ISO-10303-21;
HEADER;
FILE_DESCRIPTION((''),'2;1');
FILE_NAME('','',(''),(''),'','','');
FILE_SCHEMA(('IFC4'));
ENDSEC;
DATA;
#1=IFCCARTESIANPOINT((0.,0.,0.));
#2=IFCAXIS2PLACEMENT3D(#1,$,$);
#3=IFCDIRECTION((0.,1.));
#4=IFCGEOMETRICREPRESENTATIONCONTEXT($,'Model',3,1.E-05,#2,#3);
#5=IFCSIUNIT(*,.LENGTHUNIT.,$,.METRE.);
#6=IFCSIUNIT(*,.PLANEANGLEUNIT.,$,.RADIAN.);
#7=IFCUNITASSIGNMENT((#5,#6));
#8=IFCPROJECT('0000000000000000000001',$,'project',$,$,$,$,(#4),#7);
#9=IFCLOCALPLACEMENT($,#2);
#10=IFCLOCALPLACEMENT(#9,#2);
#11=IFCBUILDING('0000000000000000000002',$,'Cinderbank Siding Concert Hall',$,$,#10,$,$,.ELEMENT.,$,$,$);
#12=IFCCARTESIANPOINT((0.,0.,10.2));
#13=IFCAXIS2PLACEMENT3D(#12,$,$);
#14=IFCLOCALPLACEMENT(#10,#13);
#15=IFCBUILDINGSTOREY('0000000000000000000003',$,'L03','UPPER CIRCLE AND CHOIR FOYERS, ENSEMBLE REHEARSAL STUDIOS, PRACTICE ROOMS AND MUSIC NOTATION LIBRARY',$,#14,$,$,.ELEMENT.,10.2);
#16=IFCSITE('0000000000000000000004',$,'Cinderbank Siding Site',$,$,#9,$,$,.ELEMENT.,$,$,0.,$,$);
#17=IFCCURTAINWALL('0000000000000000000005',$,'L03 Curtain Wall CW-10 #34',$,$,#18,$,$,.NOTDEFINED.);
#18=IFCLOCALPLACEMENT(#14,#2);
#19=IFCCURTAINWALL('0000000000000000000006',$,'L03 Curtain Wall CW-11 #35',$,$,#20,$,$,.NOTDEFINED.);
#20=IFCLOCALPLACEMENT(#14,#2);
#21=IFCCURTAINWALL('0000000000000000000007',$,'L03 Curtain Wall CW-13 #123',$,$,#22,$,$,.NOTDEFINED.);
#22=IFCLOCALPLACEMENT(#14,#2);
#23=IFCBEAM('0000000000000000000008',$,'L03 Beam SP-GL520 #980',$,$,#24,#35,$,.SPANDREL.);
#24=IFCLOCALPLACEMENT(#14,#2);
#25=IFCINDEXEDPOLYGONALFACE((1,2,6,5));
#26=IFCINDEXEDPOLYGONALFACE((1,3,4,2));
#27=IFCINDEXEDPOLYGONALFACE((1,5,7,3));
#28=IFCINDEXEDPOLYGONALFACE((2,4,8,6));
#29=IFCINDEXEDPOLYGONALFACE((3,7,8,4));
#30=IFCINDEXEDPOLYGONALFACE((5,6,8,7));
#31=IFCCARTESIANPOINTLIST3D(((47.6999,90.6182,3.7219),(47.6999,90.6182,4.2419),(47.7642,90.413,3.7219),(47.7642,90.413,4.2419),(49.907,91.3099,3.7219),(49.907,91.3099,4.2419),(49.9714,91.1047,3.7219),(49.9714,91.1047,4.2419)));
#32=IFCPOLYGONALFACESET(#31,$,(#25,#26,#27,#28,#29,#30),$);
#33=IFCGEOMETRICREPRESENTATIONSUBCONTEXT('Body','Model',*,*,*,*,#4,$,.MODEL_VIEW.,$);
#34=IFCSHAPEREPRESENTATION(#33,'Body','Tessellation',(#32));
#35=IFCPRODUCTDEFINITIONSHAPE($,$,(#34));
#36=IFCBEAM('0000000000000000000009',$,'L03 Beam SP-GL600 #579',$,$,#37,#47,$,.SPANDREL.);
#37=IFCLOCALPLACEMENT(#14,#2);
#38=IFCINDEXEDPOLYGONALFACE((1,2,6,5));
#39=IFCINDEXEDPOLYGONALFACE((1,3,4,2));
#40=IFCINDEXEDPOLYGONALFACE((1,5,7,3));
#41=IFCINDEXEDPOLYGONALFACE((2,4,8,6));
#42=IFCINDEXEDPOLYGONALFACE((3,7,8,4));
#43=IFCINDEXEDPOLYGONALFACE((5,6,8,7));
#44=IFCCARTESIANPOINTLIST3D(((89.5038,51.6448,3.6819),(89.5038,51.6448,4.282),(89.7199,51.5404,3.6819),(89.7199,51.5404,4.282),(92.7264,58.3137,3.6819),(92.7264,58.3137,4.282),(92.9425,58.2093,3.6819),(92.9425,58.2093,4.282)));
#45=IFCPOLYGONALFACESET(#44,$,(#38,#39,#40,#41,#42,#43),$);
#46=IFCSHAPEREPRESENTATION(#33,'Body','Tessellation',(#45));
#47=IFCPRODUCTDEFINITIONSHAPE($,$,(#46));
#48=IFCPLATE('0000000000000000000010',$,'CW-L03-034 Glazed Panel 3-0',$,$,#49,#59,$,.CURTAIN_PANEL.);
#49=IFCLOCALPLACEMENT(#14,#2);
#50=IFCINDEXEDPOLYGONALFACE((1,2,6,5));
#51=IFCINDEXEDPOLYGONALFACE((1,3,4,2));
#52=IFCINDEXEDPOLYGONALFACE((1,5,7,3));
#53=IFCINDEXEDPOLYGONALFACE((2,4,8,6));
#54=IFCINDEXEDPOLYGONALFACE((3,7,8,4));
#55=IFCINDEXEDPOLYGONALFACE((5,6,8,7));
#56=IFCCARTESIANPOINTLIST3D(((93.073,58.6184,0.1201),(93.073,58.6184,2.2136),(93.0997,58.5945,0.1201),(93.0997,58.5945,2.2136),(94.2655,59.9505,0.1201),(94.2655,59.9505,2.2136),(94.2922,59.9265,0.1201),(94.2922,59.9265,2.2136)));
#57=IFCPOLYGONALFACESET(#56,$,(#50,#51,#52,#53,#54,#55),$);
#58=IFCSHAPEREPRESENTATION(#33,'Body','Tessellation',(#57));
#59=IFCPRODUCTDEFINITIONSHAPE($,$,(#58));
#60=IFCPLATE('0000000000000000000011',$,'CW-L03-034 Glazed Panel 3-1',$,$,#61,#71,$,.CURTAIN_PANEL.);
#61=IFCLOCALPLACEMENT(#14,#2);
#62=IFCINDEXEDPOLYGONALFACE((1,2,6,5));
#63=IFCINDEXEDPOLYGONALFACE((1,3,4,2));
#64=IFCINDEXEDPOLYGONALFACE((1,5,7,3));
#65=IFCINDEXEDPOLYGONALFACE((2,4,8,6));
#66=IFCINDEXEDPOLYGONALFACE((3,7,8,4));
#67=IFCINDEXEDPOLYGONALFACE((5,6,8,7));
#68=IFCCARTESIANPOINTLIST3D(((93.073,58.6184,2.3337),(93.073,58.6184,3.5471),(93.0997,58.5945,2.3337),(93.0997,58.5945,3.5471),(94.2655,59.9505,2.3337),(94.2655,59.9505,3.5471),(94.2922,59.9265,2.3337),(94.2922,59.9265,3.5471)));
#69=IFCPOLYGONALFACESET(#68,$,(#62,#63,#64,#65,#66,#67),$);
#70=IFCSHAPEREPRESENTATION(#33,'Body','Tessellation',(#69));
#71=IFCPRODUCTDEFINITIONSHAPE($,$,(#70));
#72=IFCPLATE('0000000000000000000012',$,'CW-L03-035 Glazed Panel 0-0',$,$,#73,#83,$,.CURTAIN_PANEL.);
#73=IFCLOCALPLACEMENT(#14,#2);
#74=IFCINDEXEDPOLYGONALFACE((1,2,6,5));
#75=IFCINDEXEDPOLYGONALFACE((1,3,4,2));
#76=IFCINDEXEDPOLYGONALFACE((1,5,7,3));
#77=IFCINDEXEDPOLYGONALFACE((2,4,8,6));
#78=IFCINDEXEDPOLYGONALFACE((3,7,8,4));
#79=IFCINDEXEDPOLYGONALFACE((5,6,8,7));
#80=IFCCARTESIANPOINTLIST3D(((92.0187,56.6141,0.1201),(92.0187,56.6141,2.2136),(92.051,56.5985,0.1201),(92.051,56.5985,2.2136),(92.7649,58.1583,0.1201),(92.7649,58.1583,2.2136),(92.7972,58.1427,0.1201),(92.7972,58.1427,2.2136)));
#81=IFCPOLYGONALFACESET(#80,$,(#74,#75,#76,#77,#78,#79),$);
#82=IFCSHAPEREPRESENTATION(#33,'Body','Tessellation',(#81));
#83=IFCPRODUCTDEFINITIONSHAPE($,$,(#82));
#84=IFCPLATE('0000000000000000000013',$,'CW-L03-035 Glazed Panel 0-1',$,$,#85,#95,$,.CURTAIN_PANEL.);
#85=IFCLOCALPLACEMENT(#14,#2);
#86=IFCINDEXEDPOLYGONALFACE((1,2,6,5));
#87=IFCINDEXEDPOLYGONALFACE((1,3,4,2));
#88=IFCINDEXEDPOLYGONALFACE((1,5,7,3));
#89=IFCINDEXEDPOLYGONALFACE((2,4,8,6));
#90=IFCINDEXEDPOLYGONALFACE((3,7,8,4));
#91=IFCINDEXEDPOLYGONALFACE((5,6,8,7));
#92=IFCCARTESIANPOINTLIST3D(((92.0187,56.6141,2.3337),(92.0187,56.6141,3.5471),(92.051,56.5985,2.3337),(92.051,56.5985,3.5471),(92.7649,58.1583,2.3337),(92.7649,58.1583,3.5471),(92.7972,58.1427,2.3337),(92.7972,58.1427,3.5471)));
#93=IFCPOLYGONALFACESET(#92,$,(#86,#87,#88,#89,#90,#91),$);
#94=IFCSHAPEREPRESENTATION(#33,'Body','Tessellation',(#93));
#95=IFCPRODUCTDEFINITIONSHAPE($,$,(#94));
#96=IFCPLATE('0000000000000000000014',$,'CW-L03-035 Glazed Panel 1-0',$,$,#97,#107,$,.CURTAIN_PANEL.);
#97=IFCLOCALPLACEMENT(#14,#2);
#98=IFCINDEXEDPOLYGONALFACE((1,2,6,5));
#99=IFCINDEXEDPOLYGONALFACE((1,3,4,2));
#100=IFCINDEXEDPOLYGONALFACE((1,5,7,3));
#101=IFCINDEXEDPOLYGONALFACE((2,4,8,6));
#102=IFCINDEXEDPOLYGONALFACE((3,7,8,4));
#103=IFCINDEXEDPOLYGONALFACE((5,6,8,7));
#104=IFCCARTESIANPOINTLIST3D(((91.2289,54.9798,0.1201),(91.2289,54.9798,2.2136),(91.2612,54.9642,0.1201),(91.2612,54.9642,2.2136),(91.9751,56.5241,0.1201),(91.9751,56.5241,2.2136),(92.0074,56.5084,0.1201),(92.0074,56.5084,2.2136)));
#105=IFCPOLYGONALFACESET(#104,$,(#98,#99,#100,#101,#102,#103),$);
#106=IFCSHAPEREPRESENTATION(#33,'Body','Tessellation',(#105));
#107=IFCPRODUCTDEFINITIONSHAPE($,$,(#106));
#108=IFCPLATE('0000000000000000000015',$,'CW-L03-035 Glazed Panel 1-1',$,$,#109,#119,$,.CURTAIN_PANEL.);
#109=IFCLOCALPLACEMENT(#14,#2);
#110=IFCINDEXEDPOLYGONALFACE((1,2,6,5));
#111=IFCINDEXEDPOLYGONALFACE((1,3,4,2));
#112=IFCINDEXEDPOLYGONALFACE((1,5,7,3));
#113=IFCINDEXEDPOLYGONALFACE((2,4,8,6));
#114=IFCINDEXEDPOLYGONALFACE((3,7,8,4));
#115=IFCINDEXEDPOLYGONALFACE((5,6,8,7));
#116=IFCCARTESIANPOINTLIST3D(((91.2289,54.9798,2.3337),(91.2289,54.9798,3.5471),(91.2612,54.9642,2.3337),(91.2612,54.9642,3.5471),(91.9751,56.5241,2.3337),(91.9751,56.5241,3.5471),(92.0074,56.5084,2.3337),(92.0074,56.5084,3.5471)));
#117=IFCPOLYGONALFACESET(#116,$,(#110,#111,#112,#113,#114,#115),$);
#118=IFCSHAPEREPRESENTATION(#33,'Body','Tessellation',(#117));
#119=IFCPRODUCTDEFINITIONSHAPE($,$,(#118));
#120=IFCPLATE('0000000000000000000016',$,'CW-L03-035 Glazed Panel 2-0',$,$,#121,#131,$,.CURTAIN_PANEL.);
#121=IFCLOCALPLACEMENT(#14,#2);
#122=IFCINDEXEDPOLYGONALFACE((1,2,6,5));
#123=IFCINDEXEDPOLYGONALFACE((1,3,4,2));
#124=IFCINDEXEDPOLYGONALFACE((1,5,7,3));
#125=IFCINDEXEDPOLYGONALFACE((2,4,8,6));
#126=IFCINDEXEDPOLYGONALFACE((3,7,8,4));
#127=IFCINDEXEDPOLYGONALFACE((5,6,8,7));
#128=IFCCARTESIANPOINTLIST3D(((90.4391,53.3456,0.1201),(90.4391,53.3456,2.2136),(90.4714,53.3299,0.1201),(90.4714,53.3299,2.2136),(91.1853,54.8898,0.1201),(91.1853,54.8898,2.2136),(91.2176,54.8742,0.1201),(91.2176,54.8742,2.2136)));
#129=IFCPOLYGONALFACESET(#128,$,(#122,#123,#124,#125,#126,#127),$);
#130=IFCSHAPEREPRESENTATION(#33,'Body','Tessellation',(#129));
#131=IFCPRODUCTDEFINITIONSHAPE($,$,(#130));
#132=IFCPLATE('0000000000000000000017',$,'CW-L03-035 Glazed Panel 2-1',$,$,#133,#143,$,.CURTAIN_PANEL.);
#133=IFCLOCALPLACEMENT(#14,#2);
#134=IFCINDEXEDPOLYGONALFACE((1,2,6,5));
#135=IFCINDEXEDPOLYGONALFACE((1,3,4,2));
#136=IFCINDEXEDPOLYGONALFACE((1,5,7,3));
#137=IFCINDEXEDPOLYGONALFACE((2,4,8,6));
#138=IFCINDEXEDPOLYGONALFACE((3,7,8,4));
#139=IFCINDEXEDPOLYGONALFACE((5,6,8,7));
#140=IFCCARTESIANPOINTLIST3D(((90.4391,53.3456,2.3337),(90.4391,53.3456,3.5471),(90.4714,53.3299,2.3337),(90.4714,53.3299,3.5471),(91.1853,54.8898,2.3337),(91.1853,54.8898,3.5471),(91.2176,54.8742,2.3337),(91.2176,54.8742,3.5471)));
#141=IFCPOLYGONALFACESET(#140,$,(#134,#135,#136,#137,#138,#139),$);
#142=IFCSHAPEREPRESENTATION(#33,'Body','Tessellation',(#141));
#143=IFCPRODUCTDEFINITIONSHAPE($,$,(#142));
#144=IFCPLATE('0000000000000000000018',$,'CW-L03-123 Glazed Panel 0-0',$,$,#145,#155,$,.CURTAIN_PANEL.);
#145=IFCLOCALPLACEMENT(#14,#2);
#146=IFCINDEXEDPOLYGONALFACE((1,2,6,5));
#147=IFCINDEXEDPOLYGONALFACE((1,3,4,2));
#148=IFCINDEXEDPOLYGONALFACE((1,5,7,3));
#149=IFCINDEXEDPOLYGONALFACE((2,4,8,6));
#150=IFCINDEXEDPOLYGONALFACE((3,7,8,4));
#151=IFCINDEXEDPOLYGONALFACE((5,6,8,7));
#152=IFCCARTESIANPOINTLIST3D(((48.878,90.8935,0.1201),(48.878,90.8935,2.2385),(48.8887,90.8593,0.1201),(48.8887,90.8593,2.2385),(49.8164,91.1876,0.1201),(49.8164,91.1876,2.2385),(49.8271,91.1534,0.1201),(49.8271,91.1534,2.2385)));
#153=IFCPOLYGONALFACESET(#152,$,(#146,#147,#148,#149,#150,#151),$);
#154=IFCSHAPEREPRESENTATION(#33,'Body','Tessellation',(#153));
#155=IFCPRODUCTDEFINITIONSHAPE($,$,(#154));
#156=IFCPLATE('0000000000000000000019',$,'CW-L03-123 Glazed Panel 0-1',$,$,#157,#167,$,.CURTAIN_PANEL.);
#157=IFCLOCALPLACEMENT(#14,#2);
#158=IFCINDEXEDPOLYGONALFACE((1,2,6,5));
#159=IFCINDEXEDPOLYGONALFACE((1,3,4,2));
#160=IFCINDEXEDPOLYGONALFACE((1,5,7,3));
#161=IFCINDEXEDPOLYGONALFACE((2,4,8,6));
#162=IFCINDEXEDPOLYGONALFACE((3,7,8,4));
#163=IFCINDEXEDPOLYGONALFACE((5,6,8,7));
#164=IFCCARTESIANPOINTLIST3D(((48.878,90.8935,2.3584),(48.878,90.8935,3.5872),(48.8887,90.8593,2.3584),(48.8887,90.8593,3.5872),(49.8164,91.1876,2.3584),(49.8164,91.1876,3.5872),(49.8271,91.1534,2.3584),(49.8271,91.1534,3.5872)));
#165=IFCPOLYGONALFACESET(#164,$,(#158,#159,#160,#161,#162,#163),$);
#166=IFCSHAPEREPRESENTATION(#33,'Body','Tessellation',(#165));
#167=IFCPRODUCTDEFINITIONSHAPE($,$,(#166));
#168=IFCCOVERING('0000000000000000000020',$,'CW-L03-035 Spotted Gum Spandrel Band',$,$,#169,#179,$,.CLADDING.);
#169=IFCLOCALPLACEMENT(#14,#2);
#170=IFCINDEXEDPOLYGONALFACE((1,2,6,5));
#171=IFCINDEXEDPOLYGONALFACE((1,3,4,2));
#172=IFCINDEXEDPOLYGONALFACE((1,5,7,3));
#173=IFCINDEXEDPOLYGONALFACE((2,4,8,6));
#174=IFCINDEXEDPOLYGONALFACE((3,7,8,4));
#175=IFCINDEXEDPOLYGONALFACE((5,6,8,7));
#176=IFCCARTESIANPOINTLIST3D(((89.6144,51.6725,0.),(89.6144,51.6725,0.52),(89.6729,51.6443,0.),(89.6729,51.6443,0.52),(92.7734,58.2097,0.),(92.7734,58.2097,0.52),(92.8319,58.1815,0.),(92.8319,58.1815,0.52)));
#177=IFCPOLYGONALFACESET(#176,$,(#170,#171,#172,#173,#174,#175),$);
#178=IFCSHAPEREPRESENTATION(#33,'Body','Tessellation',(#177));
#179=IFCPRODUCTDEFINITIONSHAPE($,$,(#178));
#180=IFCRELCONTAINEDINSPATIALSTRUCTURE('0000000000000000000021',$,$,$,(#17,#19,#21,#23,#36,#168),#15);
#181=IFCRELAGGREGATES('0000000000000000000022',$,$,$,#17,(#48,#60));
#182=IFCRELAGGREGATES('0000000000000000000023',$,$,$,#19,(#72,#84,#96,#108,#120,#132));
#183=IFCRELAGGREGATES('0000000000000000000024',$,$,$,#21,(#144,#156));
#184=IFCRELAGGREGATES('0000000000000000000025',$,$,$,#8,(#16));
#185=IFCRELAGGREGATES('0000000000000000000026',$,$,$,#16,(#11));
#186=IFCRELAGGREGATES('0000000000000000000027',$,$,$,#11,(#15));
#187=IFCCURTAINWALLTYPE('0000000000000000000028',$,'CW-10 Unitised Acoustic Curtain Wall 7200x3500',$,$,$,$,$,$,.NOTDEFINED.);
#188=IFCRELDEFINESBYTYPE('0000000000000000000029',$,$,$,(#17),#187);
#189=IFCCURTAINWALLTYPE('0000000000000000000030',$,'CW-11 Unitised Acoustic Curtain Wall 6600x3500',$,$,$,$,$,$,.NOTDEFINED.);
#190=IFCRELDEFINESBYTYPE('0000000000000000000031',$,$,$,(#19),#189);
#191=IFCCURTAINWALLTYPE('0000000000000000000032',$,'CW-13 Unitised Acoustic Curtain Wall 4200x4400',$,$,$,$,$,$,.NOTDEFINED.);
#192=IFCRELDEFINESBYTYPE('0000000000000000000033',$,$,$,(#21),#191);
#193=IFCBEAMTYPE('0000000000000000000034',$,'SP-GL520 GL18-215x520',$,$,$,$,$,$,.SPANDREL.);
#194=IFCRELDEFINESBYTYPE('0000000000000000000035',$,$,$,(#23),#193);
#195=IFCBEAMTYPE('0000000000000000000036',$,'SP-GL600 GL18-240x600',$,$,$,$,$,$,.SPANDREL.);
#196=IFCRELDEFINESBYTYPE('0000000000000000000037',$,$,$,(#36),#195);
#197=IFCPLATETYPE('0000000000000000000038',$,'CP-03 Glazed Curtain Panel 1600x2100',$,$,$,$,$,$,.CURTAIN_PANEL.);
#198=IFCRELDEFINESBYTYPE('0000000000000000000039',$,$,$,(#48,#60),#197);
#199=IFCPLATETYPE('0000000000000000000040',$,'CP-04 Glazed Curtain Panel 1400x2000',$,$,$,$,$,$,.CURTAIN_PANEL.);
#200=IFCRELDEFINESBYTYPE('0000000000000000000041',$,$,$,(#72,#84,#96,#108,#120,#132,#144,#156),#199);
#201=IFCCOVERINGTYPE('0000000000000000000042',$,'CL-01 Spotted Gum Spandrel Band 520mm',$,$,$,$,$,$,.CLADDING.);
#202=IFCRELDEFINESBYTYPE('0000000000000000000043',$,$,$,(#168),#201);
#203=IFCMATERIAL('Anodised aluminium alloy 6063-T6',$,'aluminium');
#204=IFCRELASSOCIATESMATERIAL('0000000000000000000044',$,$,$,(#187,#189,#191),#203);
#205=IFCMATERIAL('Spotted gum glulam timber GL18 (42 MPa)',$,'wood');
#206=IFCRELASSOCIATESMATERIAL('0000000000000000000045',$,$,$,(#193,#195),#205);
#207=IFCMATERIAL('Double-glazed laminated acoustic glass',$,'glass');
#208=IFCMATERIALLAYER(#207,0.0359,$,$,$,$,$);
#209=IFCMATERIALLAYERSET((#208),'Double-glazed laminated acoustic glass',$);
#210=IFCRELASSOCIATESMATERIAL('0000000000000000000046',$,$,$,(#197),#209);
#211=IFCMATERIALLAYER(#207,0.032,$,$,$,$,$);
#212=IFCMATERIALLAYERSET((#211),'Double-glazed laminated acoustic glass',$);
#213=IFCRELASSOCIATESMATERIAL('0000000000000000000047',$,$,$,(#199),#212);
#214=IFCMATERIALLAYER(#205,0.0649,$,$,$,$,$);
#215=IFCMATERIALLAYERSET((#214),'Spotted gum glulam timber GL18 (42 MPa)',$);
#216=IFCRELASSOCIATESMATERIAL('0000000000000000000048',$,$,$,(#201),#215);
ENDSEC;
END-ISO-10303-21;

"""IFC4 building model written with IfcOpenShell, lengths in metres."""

from ifc_helpers import new_model, si_unit, direction, frame, origin, origin_2d, place, context, subcontext, project, spatial, rectangle, extrude, material, layer, layer_set, material_profile, profile_set, type_object, element, aggregate, save


model = new_model("IFC4")

# Units and contexts
model_context = context("Model", 3, precision=1e-05, world=origin(), true_north=direction((0.0, 1.0)))
body_context = subcontext(model_context, "Body", "Model", "MODEL_VIEW")
ifc_project = project(units=[si_unit("LENGTHUNIT", "METRE"), si_unit("PLANEANGLEUNIT", "RADIAN")], contexts=[model_context])

# Site, building, storey
site_placement = place(None, origin())
site = spatial("IfcSite", under=ifc_project, at=site_placement, Name="Cinderbank Siding Site", CompositionType="ELEMENT", RefElevation=0.0)
building_placement = place(site_placement, origin())
building = spatial("IfcBuilding", under=site, at=building_placement, Name="Cinderbank Siding Concert Hall", CompositionType="ELEMENT")
storey_placement = place(building_placement, frame((0.0, 0.0, 10.2)))
storey = spatial("IfcBuildingStorey", under=building, at=storey_placement, Name="L03", Description="UPPER CIRCLE AND CHOIR FOYERS, ENSEMBLE REHEARSAL STUDIOS, PRACTICE ROOMS AND MUSIC NOTATION LIBRARY", CompositionType="ELEMENT", Elevation=10.2)

# Curtain wall
ifc_material_1 = material(Name="Anodised aluminium alloy 6063-T6", Category="aluminium")
curtain_wall_type_1 = type_object("IfcCurtainWallType", Name="CW-10 Unitised Acoustic Curtain Wall 7200x3500", PredefinedType="NOTDEFINED", material=ifc_material_1)
curtain_wall_1_placement = place(storey_placement, origin())
curtain_wall_1 = element("IfcCurtainWall", 1, at=curtain_wall_1_placement, inside=storey, type_object=curtain_wall_type_1, Name="L03 Curtain Wall CW-10 #34", PredefinedType="NOTDEFINED")

# Curtain walls
curtain_wall_type_2 = type_object("IfcCurtainWallType", Name="CW-11 Unitised Acoustic Curtain Wall 6600x3500", PredefinedType="NOTDEFINED", material=ifc_material_1)
curtain_wall_2_placement = place(storey_placement, origin())
curtain_wall_2 = element("IfcCurtainWall", 2, at=curtain_wall_2_placement, inside=storey, type_object=curtain_wall_type_2, Name="L03 Curtain Wall CW-11 #35", PredefinedType="NOTDEFINED")
curtain_wall_type_3 = type_object("IfcCurtainWallType", Name="CW-13 Unitised Acoustic Curtain Wall 4200x4400", PredefinedType="NOTDEFINED", material=ifc_material_1)
curtain_wall_3_placement = place(storey_placement, origin())
curtain_wall_3 = element("IfcCurtainWall", 3, at=curtain_wall_3_placement, inside=storey, type_object=curtain_wall_type_3, Name="L03 Curtain Wall CW-13 #123", PredefinedType="NOTDEFINED")

# Beams
ifc_material_2 = material(Name="Spotted gum glulam timber GL18 (42 MPa)", Category="wood")
ifc_material_profile_1 = material_profile(ifc_material_2, rectangle(XDim=0.2151, YDim=0.52, at=origin_2d()), Name="GL18-215x520", Category="LoadBearing")
ifc_profile_set_1 = profile_set([ifc_material_profile_1], Name="Spotted gum glulam timber GL18 (42 MPa)")
beam_type_1 = type_object("IfcBeamType", Name="SP-GL520 GL18-215x520", PredefinedType="SPANDREL", material=ifc_profile_set_1)
beam_1_placement = place(storey_placement, frame((49.9392, 91.2073, 3.9819), z_axis=(-0.954239, -0.299044, 0.0), x_axis=(0.299044, -0.954239, 0.0)))
element("IfcBeam", 4, at=beam_1_placement, inside=storey, type_object=beam_type_1, Name="L03 Beam SP-GL520 #980", PredefinedType="SPANDREL", context=body_context, shape_type="SweptSolid", body=[
    extrude(rectangle(XDim=0.2151, YDim=0.52, at=origin_2d()), origin(), (0.0, 0.0, 1.0), 2.313),
])
ifc_material_profile_2 = material_profile(ifc_material_2, rectangle(XDim=0.24, YDim=0.6001, at=origin_2d()), Name="GL18-240x600", Category="LoadBearing")
ifc_profile_set_2 = profile_set([ifc_material_profile_2], Name="Spotted gum glulam timber GL18 (42 MPa)")
beam_type_2 = type_object("IfcBeamType", Name="SP-GL600 GL18-240x600", PredefinedType="SPANDREL", material=ifc_profile_set_2)
beam_2_placement = place(storey_placement, frame((92.8345, 58.2615, 3.9819), z_axis=(-0.435096, -0.900384, 0.0), x_axis=(0.900384, -0.435096, 0.0)))
element("IfcBeam", 5, at=beam_2_placement, inside=storey, type_object=beam_type_2, Name="L03 Beam SP-GL600 #579", PredefinedType="SPANDREL", context=body_context, shape_type="SweptSolid", body=[
    extrude(rectangle(XDim=0.24, YDim=0.6001, at=origin_2d()), origin(), (0.0, 0.0, 1.0), 7.4067),
])

# Plates
ifc_material_3 = material(Name="Double-glazed laminated acoustic glass", Category="glass")
ifc_layer_1 = layer(ifc_material_3, 0.0359)
ifc_layer_set_1 = layer_set([ifc_layer_1], Name="Double-glazed laminated acoustic glass")
plate_type_1 = type_object("IfcPlateType", Name="CP-03 Glazed Curtain Panel 1600x2100", PredefinedType="CURTAIN_PANEL", material=ifc_layer_set_1)
plate_1_placement = place(storey_placement, frame((93.6826, 59.2725, 0.1201), z_axis=(0.0, 0.0, 1.0), x_axis=(-0.666993, -0.745064, 0.0)))
plate_1 = element("IfcPlate", 6, at=plate_1_placement, type_object=plate_type_1, Name="CW-L03-034 Glazed Panel 3-0", PredefinedType="CURTAIN_PANEL", context=body_context, shape_type="SweptSolid", body=[
    extrude(rectangle(XDim=1.7878, YDim=0.0359, at=origin_2d()), origin(), (0.0, 0.0, 1.0), 2.0935),
])
plate_2_placement = place(storey_placement, frame((93.6826, 59.2725, 2.3337), z_axis=(0.0, 0.0, 1.0), x_axis=(-0.666993, -0.745064, 0.0)))
plate_2 = element("IfcPlate", 7, at=plate_2_placement, type_object=plate_type_1, Name="CW-L03-034 Glazed Panel 3-1", PredefinedType="CURTAIN_PANEL", context=body_context, shape_type="SweptSolid", body=[
    extrude(rectangle(XDim=1.7878, YDim=0.0359, at=origin_2d()), origin(), (0.0, 0.0, 1.0), 1.2134),
])
aggregate(curtain_wall_1, [plate_1, plate_2])
ifc_layer_2 = layer(ifc_material_3, 0.032)
ifc_layer_set_2 = layer_set([ifc_layer_2], Name="Double-glazed laminated acoustic glass")
plate_type_2 = type_object("IfcPlateType", Name="CP-04 Glazed Curtain Panel 1400x2000", PredefinedType="CURTAIN_PANEL", material=ifc_layer_set_2)
plate_3_placement = place(storey_placement, frame((92.408, 57.3784, 0.1201), z_axis=(0.0, 0.0, 1.0), x_axis=(-0.435102, -0.900381, 0.0)))
plate_3 = element("IfcPlate", 8, at=plate_3_placement, type_object=plate_type_2, Name="CW-L03-035 Glazed Panel 0-0", PredefinedType="CURTAIN_PANEL", context=body_context, shape_type="SweptSolid", body=[
    extrude(rectangle(XDim=1.7151, YDim=0.0359, at=origin_2d()), origin(), (0.0, 0.0, 1.0), 2.0935),
])
plate_4_placement = place(storey_placement, frame((92.408, 57.3784, 2.3337), z_axis=(0.0, 0.0, 1.0), x_axis=(-0.435102, -0.900381, 0.0)))
plate_4 = element("IfcPlate", 9, at=plate_4_placement, type_object=plate_type_2, Name="CW-L03-035 Glazed Panel 0-1", PredefinedType="CURTAIN_PANEL", context=body_context, shape_type="SweptSolid", body=[
    extrude(rectangle(XDim=1.7151, YDim=0.0359, at=origin_2d()), origin(), (0.0, 0.0, 1.0), 1.2134),
])
plate_5_placement = place(storey_placement, frame((91.6182, 55.7441, 0.1201), z_axis=(0.0, 0.0, 1.0), x_axis=(-0.435102, -0.900381, 0.0)))
plate_5 = element("IfcPlate", 10, at=plate_5_placement, type_object=plate_type_2, Name="CW-L03-035 Glazed Panel 1-0", PredefinedType="CURTAIN_PANEL", context=body_context, shape_type="SweptSolid", body=[
    extrude(rectangle(XDim=1.7151, YDim=0.0359, at=origin_2d()), origin(), (0.0, 0.0, 1.0), 2.0935),
])
plate_6_placement = place(storey_placement, frame((91.6182, 55.7441, 2.3337), z_axis=(0.0, 0.0, 1.0), x_axis=(-0.435102, -0.900381, 0.0)))
plate_6 = element("IfcPlate", 11, at=plate_6_placement, type_object=plate_type_2, Name="CW-L03-035 Glazed Panel 1-1", PredefinedType="CURTAIN_PANEL", context=body_context, shape_type="SweptSolid", body=[
    extrude(rectangle(XDim=1.7151, YDim=0.0359, at=origin_2d()), origin(), (0.0, 0.0, 1.0), 1.2134),
])
plate_7_placement = place(storey_placement, frame((90.8284, 54.1099, 0.1201), z_axis=(0.0, 0.0, 1.0), x_axis=(-0.435102, -0.900381, 0.0)))
plate_7 = element("IfcPlate", 12, at=plate_7_placement, type_object=plate_type_2, Name="CW-L03-035 Glazed Panel 2-0", PredefinedType="CURTAIN_PANEL", context=body_context, shape_type="SweptSolid", body=[
    extrude(rectangle(XDim=1.7151, YDim=0.0359, at=origin_2d()), origin(), (0.0, 0.0, 1.0), 2.0935),
])
plate_8_placement = place(storey_placement, frame((90.8284, 54.1099, 2.3337), z_axis=(0.0, 0.0, 1.0), x_axis=(-0.435102, -0.900381, 0.0)))
plate_8 = element("IfcPlate", 13, at=plate_8_placement, type_object=plate_type_2, Name="CW-L03-035 Glazed Panel 2-1", PredefinedType="CURTAIN_PANEL", context=body_context, shape_type="SweptSolid", body=[
    extrude(rectangle(XDim=1.7151, YDim=0.0359, at=origin_2d()), origin(), (0.0, 0.0, 1.0), 1.2134),
])
aggregate(curtain_wall_2, [plate_3, plate_4, plate_5, plate_6, plate_7, plate_8])
plate_9_placement = place(storey_placement, frame((49.3525, 91.0234, 0.1201), z_axis=(0.0, 0.0, 1.0), x_axis=(-0.95424, -0.299041, 0.0)))
plate_9 = element("IfcPlate", 14, at=plate_9_placement, type_object=plate_type_2, Name="CW-L03-123 Glazed Panel 0-0", PredefinedType="CURTAIN_PANEL", context=body_context, shape_type="SweptSolid", body=[
    extrude(rectangle(XDim=0.9834, YDim=0.0359, at=origin_2d()), origin(), (0.0, 0.0, 1.0), 2.1184),
])
plate_10_placement = place(storey_placement, frame((49.3525, 91.0234, 2.3584), z_axis=(0.0, 0.0, 1.0), x_axis=(-0.95424, -0.299041, 0.0)))
plate_10 = element("IfcPlate", 15, at=plate_10_placement, type_object=plate_type_2, Name="CW-L03-123 Glazed Panel 0-1", PredefinedType="CURTAIN_PANEL", context=body_context, shape_type="SweptSolid", body=[
    extrude(rectangle(XDim=0.9834, YDim=0.0359, at=origin_2d()), origin(), (0.0, 0.0, 1.0), 1.2288),
])
aggregate(curtain_wall_3, [plate_9, plate_10])

# Covering
ifc_layer_3 = layer(ifc_material_2, 0.0649)
ifc_layer_set_3 = layer_set([ifc_layer_3], Name="Spotted gum glulam timber GL18 (42 MPa)")
covering_type = type_object("IfcCoveringType", Name="CL-01 Spotted Gum Spandrel Band 520mm", PredefinedType="CLADDING", material=ifc_layer_set_3)
covering_placement = place(storey_placement, frame((91.2231, 54.927, 0.0), z_axis=(0.0, 0.0, 1.0), x_axis=(-0.435102, -0.900381, 0.0)))
element("IfcCovering", 16, at=covering_placement, inside=storey, type_object=covering_type, Name="CW-L03-035 Spotted Gum Spandrel Band", PredefinedType="CLADDING", context=body_context, shape_type="SweptSolid", body=[
    extrude(rectangle(XDim=7.2605, YDim=0.0649, at=origin_2d()), origin(), (0.0, 0.0, 1.0), 0.52),
])

save(model, "model.ifc")
